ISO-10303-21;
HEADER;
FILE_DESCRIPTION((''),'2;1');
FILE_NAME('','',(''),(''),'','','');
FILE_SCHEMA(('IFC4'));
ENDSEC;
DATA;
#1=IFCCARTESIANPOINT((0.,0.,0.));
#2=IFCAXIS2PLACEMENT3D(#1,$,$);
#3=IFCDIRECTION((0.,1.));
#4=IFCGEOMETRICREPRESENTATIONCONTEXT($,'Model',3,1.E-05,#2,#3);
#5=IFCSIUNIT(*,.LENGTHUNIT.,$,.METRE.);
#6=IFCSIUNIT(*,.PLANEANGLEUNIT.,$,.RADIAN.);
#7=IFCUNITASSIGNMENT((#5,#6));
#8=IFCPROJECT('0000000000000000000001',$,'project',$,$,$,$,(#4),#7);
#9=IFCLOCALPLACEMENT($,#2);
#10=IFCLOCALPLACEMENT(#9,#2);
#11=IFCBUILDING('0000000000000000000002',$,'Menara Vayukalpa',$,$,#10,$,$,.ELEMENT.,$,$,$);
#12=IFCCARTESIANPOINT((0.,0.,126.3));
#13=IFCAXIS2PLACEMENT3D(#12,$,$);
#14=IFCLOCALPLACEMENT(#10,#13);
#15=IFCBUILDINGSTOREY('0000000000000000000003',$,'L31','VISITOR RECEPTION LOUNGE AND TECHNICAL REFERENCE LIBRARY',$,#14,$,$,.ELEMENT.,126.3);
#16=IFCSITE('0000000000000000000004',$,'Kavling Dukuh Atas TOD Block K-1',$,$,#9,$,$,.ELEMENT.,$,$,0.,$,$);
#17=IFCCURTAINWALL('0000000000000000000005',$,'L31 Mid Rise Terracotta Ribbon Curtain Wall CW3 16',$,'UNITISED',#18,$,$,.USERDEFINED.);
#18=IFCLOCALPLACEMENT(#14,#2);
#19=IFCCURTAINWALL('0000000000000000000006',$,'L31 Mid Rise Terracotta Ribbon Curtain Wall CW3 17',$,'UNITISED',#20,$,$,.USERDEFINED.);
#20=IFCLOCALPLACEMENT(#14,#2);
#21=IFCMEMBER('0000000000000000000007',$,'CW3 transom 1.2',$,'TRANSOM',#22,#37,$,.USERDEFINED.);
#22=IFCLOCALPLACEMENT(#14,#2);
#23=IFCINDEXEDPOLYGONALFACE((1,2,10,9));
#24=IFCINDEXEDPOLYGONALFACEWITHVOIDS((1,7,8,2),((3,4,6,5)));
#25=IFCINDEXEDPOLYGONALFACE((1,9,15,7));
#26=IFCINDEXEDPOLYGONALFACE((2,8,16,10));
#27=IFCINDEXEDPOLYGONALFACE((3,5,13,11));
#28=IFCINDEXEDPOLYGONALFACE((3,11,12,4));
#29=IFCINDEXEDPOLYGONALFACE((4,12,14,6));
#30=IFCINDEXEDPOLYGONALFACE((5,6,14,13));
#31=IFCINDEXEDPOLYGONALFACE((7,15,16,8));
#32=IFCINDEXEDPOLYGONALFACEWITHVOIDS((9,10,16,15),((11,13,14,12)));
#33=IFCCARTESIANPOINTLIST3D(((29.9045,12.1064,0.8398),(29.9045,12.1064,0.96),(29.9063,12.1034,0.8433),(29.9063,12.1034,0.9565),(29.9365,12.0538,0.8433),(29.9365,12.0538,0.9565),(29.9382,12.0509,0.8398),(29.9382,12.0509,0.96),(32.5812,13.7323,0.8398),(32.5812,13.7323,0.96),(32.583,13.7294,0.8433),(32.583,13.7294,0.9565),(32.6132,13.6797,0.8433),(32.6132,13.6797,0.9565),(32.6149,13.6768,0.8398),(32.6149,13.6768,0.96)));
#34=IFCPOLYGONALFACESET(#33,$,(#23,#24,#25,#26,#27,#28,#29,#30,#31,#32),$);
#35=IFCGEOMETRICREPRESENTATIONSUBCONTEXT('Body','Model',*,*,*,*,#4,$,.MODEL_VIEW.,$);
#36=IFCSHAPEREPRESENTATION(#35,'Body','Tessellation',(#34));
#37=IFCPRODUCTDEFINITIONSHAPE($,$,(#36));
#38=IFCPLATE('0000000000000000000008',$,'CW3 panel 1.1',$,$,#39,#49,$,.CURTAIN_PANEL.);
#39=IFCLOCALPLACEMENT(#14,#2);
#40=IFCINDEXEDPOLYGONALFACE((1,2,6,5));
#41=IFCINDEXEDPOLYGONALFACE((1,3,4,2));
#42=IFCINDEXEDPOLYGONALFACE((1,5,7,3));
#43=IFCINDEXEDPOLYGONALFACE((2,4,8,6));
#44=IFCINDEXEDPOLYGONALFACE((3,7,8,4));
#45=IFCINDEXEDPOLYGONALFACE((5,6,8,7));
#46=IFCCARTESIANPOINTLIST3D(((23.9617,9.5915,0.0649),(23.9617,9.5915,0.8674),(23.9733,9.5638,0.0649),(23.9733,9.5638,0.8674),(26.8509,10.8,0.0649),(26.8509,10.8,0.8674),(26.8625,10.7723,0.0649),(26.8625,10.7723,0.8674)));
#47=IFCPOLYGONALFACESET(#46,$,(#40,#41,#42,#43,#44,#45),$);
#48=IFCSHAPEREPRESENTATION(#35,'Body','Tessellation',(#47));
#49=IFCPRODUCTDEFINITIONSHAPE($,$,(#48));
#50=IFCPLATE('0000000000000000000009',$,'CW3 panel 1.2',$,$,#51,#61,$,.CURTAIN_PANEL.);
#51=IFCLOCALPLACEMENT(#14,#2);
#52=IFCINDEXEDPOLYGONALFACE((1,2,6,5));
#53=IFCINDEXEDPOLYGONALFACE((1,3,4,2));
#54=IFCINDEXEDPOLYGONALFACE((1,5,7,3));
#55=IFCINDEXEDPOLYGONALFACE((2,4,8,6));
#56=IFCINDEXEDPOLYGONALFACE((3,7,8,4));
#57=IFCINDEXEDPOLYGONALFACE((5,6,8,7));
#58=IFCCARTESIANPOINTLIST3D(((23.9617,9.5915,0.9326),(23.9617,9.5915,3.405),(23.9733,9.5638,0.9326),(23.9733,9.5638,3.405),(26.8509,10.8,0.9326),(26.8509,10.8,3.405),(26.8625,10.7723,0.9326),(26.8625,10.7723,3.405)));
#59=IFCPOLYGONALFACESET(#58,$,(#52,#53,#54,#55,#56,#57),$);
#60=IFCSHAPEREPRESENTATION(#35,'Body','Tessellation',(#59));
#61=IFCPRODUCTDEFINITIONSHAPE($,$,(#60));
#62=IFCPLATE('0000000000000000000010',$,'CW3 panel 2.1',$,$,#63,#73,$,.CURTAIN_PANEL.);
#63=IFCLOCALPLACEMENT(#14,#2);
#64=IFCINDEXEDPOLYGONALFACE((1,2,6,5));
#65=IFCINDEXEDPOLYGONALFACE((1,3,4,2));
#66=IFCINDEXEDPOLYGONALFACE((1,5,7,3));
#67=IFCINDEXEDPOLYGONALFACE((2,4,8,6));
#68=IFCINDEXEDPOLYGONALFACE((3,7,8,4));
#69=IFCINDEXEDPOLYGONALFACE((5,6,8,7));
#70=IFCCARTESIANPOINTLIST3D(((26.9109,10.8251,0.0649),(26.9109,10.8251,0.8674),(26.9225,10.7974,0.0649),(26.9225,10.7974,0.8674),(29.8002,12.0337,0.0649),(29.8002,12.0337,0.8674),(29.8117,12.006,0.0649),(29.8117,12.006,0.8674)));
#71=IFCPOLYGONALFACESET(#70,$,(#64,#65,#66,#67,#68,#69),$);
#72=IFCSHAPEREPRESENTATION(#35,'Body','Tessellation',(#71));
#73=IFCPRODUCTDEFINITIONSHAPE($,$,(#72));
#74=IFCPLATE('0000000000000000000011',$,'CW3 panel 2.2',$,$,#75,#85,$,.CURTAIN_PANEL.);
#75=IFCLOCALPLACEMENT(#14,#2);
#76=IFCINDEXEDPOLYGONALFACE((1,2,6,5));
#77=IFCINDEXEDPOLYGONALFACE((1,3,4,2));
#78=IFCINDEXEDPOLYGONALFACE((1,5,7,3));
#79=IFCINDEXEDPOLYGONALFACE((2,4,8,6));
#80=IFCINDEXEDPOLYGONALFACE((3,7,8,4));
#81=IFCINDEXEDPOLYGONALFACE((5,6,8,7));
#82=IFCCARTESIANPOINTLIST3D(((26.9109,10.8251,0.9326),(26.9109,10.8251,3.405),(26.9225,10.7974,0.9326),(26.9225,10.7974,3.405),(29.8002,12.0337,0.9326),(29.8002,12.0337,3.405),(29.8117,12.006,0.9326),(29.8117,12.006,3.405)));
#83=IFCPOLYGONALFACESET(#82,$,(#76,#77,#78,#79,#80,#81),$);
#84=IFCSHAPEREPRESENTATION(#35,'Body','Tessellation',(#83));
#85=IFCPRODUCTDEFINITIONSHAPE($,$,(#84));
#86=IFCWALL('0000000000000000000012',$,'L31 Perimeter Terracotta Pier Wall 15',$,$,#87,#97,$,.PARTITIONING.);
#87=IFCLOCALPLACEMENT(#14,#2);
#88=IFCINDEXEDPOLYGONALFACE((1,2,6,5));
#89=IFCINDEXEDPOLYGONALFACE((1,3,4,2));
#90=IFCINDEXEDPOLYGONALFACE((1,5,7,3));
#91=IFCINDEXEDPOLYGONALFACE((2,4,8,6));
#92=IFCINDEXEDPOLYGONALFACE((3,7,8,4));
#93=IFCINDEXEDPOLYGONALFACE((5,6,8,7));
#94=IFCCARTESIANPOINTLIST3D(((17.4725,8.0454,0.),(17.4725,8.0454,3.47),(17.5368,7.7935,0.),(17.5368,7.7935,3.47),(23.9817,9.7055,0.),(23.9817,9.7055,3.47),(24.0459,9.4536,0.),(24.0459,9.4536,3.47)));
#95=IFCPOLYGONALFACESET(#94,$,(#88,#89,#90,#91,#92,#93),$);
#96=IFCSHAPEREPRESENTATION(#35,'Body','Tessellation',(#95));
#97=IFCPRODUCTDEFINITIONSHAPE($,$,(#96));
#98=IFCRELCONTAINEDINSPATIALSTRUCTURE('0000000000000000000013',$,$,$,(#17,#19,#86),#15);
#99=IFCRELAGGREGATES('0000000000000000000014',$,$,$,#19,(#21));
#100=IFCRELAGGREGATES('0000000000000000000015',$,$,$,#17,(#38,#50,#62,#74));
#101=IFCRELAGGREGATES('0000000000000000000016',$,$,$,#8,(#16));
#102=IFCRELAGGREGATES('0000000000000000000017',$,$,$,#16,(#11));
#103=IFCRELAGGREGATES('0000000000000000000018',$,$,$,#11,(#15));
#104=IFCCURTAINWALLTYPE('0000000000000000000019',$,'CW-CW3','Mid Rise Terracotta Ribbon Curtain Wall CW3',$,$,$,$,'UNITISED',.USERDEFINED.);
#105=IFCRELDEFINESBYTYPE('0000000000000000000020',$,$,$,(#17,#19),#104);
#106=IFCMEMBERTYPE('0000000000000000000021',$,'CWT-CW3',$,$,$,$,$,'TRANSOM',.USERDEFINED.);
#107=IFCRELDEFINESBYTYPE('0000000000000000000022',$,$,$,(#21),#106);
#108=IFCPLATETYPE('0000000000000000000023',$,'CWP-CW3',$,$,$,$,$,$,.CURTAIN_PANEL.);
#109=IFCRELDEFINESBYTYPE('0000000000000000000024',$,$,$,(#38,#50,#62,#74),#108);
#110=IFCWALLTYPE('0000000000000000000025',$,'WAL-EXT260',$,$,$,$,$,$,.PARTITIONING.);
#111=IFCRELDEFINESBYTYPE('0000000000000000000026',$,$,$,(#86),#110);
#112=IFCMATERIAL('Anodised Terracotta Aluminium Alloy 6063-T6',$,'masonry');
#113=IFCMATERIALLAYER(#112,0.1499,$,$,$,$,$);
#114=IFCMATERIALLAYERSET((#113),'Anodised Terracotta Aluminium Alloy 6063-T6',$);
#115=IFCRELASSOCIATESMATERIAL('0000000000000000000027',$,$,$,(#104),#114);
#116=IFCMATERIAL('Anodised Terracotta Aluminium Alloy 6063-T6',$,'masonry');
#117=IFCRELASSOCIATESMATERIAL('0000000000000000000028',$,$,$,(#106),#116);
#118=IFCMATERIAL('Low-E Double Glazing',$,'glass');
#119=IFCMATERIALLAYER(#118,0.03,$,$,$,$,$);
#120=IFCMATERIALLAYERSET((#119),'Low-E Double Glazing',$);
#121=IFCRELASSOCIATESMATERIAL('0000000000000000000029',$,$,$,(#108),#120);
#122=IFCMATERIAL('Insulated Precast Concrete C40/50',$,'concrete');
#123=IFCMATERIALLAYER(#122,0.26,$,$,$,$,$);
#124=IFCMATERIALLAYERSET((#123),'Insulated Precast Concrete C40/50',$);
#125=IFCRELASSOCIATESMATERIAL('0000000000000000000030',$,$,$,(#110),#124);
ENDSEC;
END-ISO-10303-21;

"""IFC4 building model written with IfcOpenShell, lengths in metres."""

from ifc_helpers import new_model, si_unit, direction, frame, frame_2d, origin, origin_2d, place, context, subcontext, project, spatial, rectangle, hollow_rectangle, extrude, material, layer, layer_set, material_profile, profile_set, type_object, element, aggregate, save


model = new_model("IFC4")

# Units and contexts
model_context = context("Model", 3, precision=1e-05, world=origin(), true_north=direction((0.0, 1.0)))
body_context = subcontext(model_context, "Body", "Model", "MODEL_VIEW")
ifc_project = project(units=[si_unit("LENGTHUNIT", "METRE"), si_unit("PLANEANGLEUNIT", "RADIAN")], contexts=[model_context])

# Site, building, storey
site_placement = place(None, origin())
site = spatial("IfcSite", under=ifc_project, at=site_placement, Name="Kavling Dukuh Atas TOD Block K-1", CompositionType="ELEMENT", RefElevation=0.0)
building_placement = place(site_placement, origin())
building = spatial("IfcBuilding", under=site, at=building_placement, Name="Menara Vayukalpa", CompositionType="ELEMENT")
storey_placement = place(building_placement, frame((0.0, 0.0, 126.3)))
storey = spatial("IfcBuildingStorey", under=building, at=storey_placement, Name="L31", Description="VISITOR RECEPTION LOUNGE AND TECHNICAL REFERENCE LIBRARY", CompositionType="ELEMENT", Elevation=126.3)

# Curtain wall
ifc_material_1 = material(Name="Anodised Terracotta Aluminium Alloy 6063-T6", Category="masonry")
ifc_layer_1 = layer(ifc_material_1, 0.1499)
ifc_layer_set_1 = layer_set([ifc_layer_1], Name="Anodised Terracotta Aluminium Alloy 6063-T6")
curtain_wall_type = type_object("IfcCurtainWallType", Name="CW-CW3", Description="Mid Rise Terracotta Ribbon Curtain Wall CW3", ElementType="UNITISED", PredefinedType="USERDEFINED", material=ifc_layer_set_1)
curtain_wall_1_placement = place(storey_placement, origin())
curtain_wall_1 = element("IfcCurtainWall", 1, at=curtain_wall_1_placement, inside=storey, type_object=curtain_wall_type, Name="L31 Mid Rise Terracotta Ribbon Curtain Wall CW3 16", ObjectType="UNITISED", PredefinedType="USERDEFINED")

# Curtain wall
curtain_wall_2_placement = place(storey_placement, origin())
curtain_wall_2 = element("IfcCurtainWall", 2, at=curtain_wall_2_placement, inside=storey, type_object=curtain_wall_type, Name="L31 Mid Rise Terracotta Ribbon Curtain Wall CW3 17", ObjectType="UNITISED", PredefinedType="USERDEFINED")

# Member
ifc_material_2 = material(Name="Anodised Terracotta Aluminium Alloy 6063-T6", Category="masonry")
ifc_material_profile_1 = material_profile(ifc_material_2, hollow_rectangle(XDim=0.0649, YDim=0.1201, WallThickness=0.0034, at=origin_2d()), Name="ALU 65x120x3.5")
ifc_profile_set_1 = profile_set([ifc_material_profile_1], Name="Anodised Terracotta Aluminium Alloy 6063-T6")
member_type_1 = type_object("IfcMemberType", Name="CWT-CW3", ElementType="TRANSOM", PredefinedType="USERDEFINED", material=ifc_profile_set_1)
member_1_placement = place(storey_placement, frame((29.9214, 12.0786, 0.8999), z_axis=(0.854674, 0.519165, 0.0), x_axis=(-0.519165, 0.854674, 0.0)))
member_1 = element("IfcMember", 3, at=member_1_placement, type_object=member_type_1, Name="CW3 transom 1.2", ObjectType="TRANSOM", PredefinedType="USERDEFINED", context=body_context, shape_type="SweptSolid", body=[
    extrude(hollow_rectangle(XDim=0.0649, YDim=0.1201, WallThickness=0.0034, at=origin_2d()), origin(), (0.0, 0.0, 1.0), 3.1318),
])
aggregate(curtain_wall_2, [member_1])

# Plates
ifc_material_3 = material(Name="Low-E Double Glazing", Category="glass")
ifc_layer_2 = layer(ifc_material_3, 0.03)
ifc_layer_set_2 = layer_set([ifc_layer_2], Name="Low-E Double Glazing")
plate_type = type_object("IfcPlateType", Name="CWP-CW3", PredefinedType="CURTAIN_PANEL", material=ifc_layer_set_2)
plate_1_placement = place(storey_placement, frame((25.4121, 10.1819, 0.0649), z_axis=(0.0, 0.0, 1.0), x_axis=(0.922543, 0.385894, 0.0)))
plate_1 = element("IfcPlate", 4, at=plate_1_placement, type_object=plate_type, Name="CW3 panel 1.1", PredefinedType="CURTAIN_PANEL", context=body_context, shape_type="SweptSolid", body=[
    extrude(rectangle(XDim=3.1318, YDim=0.03, at=origin_2d()), origin(), (0.0, 0.0, 1.0), 0.8025),
])
plate_2_placement = place(storey_placement, frame((25.4121, 10.1819, 0.9326), z_axis=(0.0, 0.0, 1.0), x_axis=(0.922543, 0.385894, 0.0)))
plate_2 = element("IfcPlate", 5, at=plate_2_placement, type_object=plate_type, Name="CW3 panel 1.2", PredefinedType="CURTAIN_PANEL", context=body_context, shape_type="SweptSolid", body=[
    extrude(rectangle(XDim=3.1318, YDim=0.03, at=origin_2d()), origin(), (0.0, 0.0, 1.0), 2.4724),
])
plate_3_placement = place(storey_placement, frame((28.3613, 11.4155, 0.0649), z_axis=(0.0, 0.0, 1.0), x_axis=(0.922543, 0.385894, 0.0)))
plate_3 = element("IfcPlate", 6, at=plate_3_placement, type_object=plate_type, Name="CW3 panel 2.1", PredefinedType="CURTAIN_PANEL", context=body_context, shape_type="SweptSolid", body=[
    extrude(rectangle(XDim=3.1318, YDim=0.03, at=origin_2d()), origin(), (0.0, 0.0, 1.0), 0.8025),
])
plate_4_placement = place(storey_placement, frame((28.3613, 11.4155, 0.9326), z_axis=(0.0, 0.0, 1.0), x_axis=(0.922543, 0.385894, 0.0)))
plate_4 = element("IfcPlate", 7, at=plate_4_placement, type_object=plate_type, Name="CW3 panel 2.2", PredefinedType="CURTAIN_PANEL", context=body_context, shape_type="SweptSolid", body=[
    extrude(rectangle(XDim=3.1318, YDim=0.03, at=origin_2d()), origin(), (0.0, 0.0, 1.0), 2.4724),
])
aggregate(curtain_wall_1, [plate_1, plate_2, plate_3, plate_4])

# Wall
ifc_material_4 = material(Name="Insulated Precast Concrete C40/50", Category="concrete")
ifc_layer_3 = layer(ifc_material_4, 0.26)
ifc_layer_set_3 = layer_set([ifc_layer_3], Name="Insulated Precast Concrete C40/50")
wall_type = type_object("IfcWallType", Name="WAL-EXT260", PredefinedType="PARTITIONING", material=ifc_layer_set_3)
wall_placement = place(storey_placement, frame((24.0139, 9.5796, 0.0), z_axis=(0.0, 0.0, 1.0), x_axis=(-0.968981, -0.247134, 0.0)))
element("IfcWall", 8, at=wall_placement, inside=storey, type_object=wall_type, Name="L31 Perimeter Terracotta Pier Wall 15", PredefinedType="PARTITIONING", context=body_context, shape_type="SweptSolid", body=[
    extrude(rectangle(XDim=6.7175, YDim=0.26, at=frame_2d((3.3589, 0.0))), origin(), (0.0, 0.0, 1.0), 3.47),
])

save(model, "model.ifc")
